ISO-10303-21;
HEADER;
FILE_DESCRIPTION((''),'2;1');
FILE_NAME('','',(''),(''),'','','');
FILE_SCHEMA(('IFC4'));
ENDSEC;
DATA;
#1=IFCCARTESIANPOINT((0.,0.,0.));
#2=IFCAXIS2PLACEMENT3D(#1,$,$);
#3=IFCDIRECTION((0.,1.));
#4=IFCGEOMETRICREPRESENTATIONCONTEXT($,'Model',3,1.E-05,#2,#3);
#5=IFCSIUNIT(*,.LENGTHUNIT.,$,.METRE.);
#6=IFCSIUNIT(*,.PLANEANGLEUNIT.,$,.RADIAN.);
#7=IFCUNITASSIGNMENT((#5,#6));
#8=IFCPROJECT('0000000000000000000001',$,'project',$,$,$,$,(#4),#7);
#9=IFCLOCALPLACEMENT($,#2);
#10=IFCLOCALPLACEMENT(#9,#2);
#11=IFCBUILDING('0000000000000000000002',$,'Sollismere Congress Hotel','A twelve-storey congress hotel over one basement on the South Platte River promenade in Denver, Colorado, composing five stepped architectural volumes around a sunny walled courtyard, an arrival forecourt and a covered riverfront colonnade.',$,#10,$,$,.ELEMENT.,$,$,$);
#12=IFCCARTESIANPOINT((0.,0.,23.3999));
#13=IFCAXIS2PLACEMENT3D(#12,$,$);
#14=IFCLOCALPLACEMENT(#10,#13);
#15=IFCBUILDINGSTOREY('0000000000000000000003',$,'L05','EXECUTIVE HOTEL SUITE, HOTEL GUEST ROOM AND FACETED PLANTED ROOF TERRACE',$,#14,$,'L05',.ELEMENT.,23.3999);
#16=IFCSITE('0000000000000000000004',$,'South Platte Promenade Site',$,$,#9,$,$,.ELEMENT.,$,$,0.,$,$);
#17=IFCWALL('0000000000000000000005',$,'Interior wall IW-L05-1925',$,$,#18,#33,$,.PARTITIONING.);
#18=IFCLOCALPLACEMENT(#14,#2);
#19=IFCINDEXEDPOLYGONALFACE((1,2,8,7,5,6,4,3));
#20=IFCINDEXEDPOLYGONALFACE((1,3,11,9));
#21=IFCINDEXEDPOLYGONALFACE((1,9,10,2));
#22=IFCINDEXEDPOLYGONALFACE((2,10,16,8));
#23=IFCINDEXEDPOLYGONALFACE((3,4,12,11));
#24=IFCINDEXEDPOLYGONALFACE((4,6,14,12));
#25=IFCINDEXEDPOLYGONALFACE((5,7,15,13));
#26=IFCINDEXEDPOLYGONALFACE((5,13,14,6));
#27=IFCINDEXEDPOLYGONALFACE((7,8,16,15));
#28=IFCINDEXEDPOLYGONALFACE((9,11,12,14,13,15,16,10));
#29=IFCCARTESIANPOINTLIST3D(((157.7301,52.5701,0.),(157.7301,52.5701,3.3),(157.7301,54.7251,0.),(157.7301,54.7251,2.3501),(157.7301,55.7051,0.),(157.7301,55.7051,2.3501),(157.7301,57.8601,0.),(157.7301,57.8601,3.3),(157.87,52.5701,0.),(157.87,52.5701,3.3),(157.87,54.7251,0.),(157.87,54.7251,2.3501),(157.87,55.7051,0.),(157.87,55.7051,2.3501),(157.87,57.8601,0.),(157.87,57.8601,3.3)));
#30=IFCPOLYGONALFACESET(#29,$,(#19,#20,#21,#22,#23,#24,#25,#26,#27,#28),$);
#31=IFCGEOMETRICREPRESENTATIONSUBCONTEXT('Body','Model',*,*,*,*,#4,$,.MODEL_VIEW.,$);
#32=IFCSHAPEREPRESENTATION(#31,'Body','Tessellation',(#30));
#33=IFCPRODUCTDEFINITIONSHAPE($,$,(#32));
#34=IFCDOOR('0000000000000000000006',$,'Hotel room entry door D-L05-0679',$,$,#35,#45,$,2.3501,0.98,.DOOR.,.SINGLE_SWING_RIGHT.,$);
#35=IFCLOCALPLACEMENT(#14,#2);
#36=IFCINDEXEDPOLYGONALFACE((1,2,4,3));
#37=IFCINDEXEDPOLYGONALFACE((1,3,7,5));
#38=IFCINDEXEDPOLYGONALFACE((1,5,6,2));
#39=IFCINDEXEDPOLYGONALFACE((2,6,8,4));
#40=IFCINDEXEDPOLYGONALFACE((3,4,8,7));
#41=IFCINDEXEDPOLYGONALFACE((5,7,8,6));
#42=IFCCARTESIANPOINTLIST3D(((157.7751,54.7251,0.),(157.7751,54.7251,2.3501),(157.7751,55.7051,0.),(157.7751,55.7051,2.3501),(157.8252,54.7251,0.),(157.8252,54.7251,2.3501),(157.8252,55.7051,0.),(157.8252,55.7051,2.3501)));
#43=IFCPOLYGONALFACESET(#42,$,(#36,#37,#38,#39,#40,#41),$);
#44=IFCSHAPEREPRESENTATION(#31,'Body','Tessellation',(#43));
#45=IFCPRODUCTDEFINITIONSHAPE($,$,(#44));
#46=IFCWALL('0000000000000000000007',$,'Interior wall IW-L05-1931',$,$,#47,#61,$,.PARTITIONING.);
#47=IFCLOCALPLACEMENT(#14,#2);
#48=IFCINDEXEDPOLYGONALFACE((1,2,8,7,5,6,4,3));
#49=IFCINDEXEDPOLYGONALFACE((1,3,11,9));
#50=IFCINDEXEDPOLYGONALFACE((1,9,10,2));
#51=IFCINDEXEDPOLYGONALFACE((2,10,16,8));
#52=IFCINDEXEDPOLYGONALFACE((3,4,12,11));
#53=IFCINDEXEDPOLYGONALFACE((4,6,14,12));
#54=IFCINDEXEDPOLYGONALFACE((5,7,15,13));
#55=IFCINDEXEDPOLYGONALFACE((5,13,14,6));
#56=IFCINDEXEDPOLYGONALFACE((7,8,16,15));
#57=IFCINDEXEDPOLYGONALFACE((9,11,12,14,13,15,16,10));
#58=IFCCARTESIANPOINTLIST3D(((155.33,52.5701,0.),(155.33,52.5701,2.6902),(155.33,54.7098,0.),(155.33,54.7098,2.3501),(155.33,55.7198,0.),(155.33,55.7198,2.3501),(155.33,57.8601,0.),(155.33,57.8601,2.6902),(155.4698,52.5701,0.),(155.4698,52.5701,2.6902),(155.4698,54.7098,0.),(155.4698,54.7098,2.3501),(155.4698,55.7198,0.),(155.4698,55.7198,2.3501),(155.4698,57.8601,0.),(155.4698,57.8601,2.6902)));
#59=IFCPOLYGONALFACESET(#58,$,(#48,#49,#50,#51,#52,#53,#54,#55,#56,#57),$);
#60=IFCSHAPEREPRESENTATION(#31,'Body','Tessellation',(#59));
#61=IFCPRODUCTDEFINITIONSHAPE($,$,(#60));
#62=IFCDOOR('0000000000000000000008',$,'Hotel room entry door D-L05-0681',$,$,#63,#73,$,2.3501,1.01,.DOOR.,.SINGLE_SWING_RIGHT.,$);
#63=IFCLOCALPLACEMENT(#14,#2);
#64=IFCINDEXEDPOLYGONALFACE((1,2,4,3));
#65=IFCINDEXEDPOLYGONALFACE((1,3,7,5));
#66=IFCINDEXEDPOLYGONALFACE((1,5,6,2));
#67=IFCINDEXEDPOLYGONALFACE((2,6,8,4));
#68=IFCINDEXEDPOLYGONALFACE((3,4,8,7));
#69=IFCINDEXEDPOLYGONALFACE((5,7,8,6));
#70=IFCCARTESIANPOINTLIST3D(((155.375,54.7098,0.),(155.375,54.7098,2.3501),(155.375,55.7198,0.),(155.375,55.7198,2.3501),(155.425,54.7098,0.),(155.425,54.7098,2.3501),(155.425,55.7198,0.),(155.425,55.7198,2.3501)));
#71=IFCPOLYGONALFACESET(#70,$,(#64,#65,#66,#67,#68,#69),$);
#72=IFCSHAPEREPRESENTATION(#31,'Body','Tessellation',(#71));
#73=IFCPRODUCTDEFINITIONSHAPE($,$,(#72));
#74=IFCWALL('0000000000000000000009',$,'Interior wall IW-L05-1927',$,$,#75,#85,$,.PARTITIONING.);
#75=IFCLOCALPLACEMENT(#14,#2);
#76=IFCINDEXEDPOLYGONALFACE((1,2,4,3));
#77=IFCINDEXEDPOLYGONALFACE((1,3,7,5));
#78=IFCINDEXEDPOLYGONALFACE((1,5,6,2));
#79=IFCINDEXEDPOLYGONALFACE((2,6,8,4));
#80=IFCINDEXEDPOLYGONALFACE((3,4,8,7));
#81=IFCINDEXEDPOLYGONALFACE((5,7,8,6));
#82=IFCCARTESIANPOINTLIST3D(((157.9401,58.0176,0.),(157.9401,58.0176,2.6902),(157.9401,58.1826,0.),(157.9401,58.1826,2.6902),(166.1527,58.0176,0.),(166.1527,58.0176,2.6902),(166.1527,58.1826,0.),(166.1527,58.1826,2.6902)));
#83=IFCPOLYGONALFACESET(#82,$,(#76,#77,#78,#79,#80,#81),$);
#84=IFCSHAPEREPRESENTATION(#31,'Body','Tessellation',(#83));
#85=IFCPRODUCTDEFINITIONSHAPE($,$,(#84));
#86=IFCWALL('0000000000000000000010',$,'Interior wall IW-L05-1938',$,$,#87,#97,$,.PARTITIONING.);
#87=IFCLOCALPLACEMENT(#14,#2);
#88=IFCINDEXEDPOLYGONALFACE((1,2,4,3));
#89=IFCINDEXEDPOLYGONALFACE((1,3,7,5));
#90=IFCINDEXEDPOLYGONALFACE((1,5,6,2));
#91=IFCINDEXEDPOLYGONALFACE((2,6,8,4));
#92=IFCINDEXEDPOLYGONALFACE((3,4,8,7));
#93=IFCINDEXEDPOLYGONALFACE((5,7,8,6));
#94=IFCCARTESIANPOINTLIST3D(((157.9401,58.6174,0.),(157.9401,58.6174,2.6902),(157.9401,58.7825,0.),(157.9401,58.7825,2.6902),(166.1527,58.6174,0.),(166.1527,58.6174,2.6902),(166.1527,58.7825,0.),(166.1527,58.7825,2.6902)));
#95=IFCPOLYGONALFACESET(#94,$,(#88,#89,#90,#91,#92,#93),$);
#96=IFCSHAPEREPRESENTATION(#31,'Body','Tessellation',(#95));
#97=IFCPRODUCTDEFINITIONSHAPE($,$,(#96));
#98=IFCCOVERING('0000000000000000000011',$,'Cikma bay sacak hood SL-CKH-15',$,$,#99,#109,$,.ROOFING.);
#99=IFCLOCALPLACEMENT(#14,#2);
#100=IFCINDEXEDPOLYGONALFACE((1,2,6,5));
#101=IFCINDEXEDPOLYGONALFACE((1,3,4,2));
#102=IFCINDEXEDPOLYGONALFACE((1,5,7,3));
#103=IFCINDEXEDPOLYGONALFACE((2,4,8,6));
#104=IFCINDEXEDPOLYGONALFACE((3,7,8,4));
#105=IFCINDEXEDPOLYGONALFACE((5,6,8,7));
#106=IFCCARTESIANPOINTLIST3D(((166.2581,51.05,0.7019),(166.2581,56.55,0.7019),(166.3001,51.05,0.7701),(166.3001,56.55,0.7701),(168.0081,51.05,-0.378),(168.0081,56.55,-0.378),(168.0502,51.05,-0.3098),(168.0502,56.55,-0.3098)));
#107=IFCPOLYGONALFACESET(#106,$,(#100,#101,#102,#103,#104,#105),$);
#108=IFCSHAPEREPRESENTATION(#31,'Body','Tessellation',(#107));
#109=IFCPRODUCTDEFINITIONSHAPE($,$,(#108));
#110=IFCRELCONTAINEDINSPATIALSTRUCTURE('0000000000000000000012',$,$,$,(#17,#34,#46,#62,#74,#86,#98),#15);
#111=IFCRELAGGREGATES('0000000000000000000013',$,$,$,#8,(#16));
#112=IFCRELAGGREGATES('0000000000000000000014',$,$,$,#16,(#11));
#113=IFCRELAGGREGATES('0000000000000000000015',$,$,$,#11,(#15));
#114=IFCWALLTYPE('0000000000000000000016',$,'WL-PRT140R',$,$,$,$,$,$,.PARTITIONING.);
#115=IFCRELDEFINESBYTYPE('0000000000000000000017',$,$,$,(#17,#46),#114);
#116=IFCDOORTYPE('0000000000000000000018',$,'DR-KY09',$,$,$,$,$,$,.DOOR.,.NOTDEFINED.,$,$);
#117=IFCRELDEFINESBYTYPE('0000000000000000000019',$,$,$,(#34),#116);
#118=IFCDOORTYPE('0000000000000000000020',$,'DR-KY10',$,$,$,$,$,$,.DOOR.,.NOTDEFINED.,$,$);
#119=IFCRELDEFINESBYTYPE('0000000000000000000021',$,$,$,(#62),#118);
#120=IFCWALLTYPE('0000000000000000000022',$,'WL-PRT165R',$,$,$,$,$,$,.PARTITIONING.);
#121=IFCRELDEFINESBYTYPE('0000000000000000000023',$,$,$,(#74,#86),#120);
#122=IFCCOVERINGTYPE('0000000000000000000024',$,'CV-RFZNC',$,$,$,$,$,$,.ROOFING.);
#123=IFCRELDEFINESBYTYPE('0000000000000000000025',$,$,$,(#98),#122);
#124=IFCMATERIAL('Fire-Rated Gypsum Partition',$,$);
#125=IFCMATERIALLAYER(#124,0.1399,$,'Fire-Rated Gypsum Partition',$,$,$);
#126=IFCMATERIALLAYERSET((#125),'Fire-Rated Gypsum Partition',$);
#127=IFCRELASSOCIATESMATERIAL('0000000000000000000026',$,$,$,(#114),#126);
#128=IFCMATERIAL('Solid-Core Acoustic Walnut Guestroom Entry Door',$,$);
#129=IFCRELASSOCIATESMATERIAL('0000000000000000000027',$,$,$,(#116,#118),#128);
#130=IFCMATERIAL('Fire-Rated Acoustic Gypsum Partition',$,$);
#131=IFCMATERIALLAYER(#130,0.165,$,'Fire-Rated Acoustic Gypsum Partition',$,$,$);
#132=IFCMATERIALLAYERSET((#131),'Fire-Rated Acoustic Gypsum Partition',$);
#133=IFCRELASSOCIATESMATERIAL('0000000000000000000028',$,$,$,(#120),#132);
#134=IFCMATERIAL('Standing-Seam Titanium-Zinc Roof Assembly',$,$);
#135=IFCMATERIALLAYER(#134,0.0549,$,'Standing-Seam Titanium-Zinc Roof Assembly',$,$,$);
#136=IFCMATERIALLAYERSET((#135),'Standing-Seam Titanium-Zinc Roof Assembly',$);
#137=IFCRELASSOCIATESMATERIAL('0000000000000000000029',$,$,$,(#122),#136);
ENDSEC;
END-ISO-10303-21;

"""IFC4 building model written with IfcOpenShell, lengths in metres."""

from ifc_helpers import new_model, si_unit, direction, frame, frame_2d, origin, place, context, subcontext, project, spatial, polyline, rectangle, outline, extrude, material, layer, layer_set, type_object, element, fill, save


model = new_model("IFC4")

# Units and contexts
model_context = context("Model", 3, precision=1e-05, world=origin(), true_north=direction((0.0, 1.0)))
body_context = subcontext(model_context, "Body", "Model", "MODEL_VIEW")
ifc_project = project(units=[si_unit("LENGTHUNIT", "METRE"), si_unit("PLANEANGLEUNIT", "RADIAN")], contexts=[model_context])

# Site, building, storey
site_placement = place(None, origin())
site = spatial("IfcSite", under=ifc_project, at=site_placement, Name="South Platte Promenade Site", CompositionType="ELEMENT", RefElevation=0.0)
building_placement = place(site_placement, origin())
building = spatial("IfcBuilding", under=site, at=building_placement, Name="Sollismere Congress Hotel", Description="A twelve-storey congress hotel over one basement on the South Platte River promenade in Denver, Colorado, composing five stepped architectural volumes around a sunny walled courtyard, an arrival forecourt and a covered riverfront colonnade.", CompositionType="ELEMENT")
storey_placement = place(building_placement, frame((0.0, 0.0, 23.3999)))
storey = spatial("IfcBuildingStorey", under=building, at=storey_placement, Name="L05", Description="EXECUTIVE HOTEL SUITE, HOTEL GUEST ROOM AND FACETED PLANTED ROOF TERRACE", LongName="L05", CompositionType="ELEMENT", Elevation=23.3999)

# Walls, openings, doors
ifc_material_1 = material(Name="Fire-Rated Gypsum Partition")
ifc_layer_1 = layer(ifc_material_1, 0.1399, Name="Fire-Rated Gypsum Partition")
ifc_layer_set_1 = layer_set([ifc_layer_1], Name="Fire-Rated Gypsum Partition")
wall_type_1 = type_object("IfcWallType", Name="WL-PRT140R", PredefinedType="PARTITIONING", material=ifc_layer_set_1)
wall_1_placement = place(storey_placement, frame((157.8, 52.5701, 0.0), z_axis=(0.0, 0.0, 1.0), x_axis=(0.0, 1.0, 0.0)))
wall_1 = element("IfcWall", 1, at=wall_1_placement, inside=storey, type_object=wall_type_1, Name="Interior wall IW-L05-1925", PredefinedType="PARTITIONING", context=body_context, shape_type="SweptSolid", body=[
    extrude(rectangle(XDim=5.29, YDim=0.1399, at=frame_2d((2.645, 0.0))), origin(), (0.0, 0.0, 1.0), 3.3),
])
opening_1_placement = place(wall_1_placement, frame((2.155, 0.0, 0.0)))
opening_1 = element("IfcOpeningElement", 2, at=opening_1_placement, cuts=wall_1, PredefinedType="OPENING", context=body_context, shape_type="SweptSolid", body=[
    extrude(rectangle(XDim=0.98, YDim=2.3501, at=frame_2d((0.49, 1.175))), frame((0.0, 0.0798, 0.0), z_axis=(0.0, -1.0, 0.0), x_axis=(1.0, 0.0, 0.0)), (0.0, 0.0, 1.0), 0.1599),
])
ifc_material_2 = material(Name="Solid-Core Acoustic Walnut Guestroom Entry Door")
door_type_1 = type_object("IfcDoorType", Name="DR-KY09", OperationType="NOTDEFINED", PredefinedType="DOOR", material=ifc_material_2)
door_1_placement = place(opening_1_placement, origin())
door_1 = element("IfcDoor", 3, at=door_1_placement, inside=storey, type_object=door_type_1, Name="Hotel room entry door D-L05-0679", OperationType="SINGLE_SWING_RIGHT", OverallHeight=2.3501, OverallWidth=0.98, PredefinedType="DOOR", context=body_context, shape_type="SweptSolid", body=[
    extrude(rectangle(XDim=0.98, YDim=2.3501, at=frame_2d((0.49, 1.175))), frame((0.0, 0.0249, 0.0), z_axis=(0.0, -1.0, 0.0), x_axis=(1.0, 0.0, 0.0)), (0.0, 0.0, 1.0), 0.05),
])
fill(opening_1, door_1)
wall_2_placement = place(storey_placement, frame((155.3999, 52.5701, 0.0), z_axis=(0.0, 0.0, 1.0), x_axis=(0.0, 1.0, 0.0)))
wall_2 = element("IfcWall", 4, at=wall_2_placement, inside=storey, type_object=wall_type_1, Name="Interior wall IW-L05-1931", PredefinedType="PARTITIONING", context=body_context, shape_type="SweptSolid", body=[
    extrude(rectangle(XDim=5.29, YDim=0.1399, at=frame_2d((2.645, 0.0))), origin(), (0.0, 0.0, 1.0), 2.6902),
])
opening_2_placement = place(wall_2_placement, frame((2.1399, 0.0, 0.0)))
opening_2 = element("IfcOpeningElement", 5, at=opening_2_placement, cuts=wall_2, PredefinedType="OPENING", context=body_context, shape_type="SweptSolid", body=[
    extrude(rectangle(XDim=1.01, YDim=2.3501, at=frame_2d((0.5049, 1.175))), frame((0.0, 0.0798, 0.0), z_axis=(0.0, -1.0, 0.0), x_axis=(1.0, 0.0, 0.0)), (0.0, 0.0, 1.0), 0.1599),
])
door_type_2 = type_object("IfcDoorType", Name="DR-KY10", OperationType="NOTDEFINED", PredefinedType="DOOR", material=ifc_material_2)
door_2_placement = place(opening_2_placement, origin())
door_2 = element("IfcDoor", 6, at=door_2_placement, inside=storey, type_object=door_type_2, Name="Hotel room entry door D-L05-0681", OperationType="SINGLE_SWING_RIGHT", OverallHeight=2.3501, OverallWidth=1.01, PredefinedType="DOOR", context=body_context, shape_type="SweptSolid", body=[
    extrude(rectangle(XDim=1.01, YDim=2.3501, at=frame_2d((0.5049, 1.175))), frame((0.0, 0.0249, 0.0), z_axis=(0.0, -1.0, 0.0), x_axis=(1.0, 0.0, 0.0)), (0.0, 0.0, 1.0), 0.05),
])
fill(opening_2, door_2)

# Walls
ifc_material_3 = material(Name="Fire-Rated Acoustic Gypsum Partition")
ifc_layer_2 = layer(ifc_material_3, 0.165, Name="Fire-Rated Acoustic Gypsum Partition")
ifc_layer_set_2 = layer_set([ifc_layer_2], Name="Fire-Rated Acoustic Gypsum Partition")
wall_type_2 = type_object("IfcWallType", Name="WL-PRT165R", PredefinedType="PARTITIONING", material=ifc_layer_set_2)
for number, where, z_axis, x_axis, name in (
    (7, (157.9399, 58.1001, 0.0), (0.0, 0.0, 1.0), (1.0, 0.0, 0.0), "Interior wall IW-L05-1927"),
    (8, (157.9399, 58.7, 0.0), (0.0, 0.0, 1.0), (1.0, 0.0, 0.0), "Interior wall IW-L05-1938"),
):
    element("IfcWall", number, at=place(storey_placement, frame(where, z_axis=z_axis, x_axis=x_axis)), inside=storey, type_object=wall_type_2, Name=name, PredefinedType="PARTITIONING", context=body_context, shape_type="SweptSolid", body=[
        extrude(rectangle(XDim=8.2126, YDim=0.165, at=frame_2d((4.1064, 0.0))), origin(), (0.0, 0.0, 1.0), 2.6902),
    ])

# Covering
ifc_material_4 = material(Name="Standing-Seam Titanium-Zinc Roof Assembly")
ifc_layer_3 = layer(ifc_material_4, 0.0549, Name="Standing-Seam Titanium-Zinc Roof Assembly")
ifc_layer_set_3 = layer_set([ifc_layer_3], Name="Standing-Seam Titanium-Zinc Roof Assembly")
covering_type = type_object("IfcCoveringType", Name="CV-RFZNC", PredefinedType="ROOFING", material=ifc_layer_set_3)
covering_placement = place(storey_placement, frame((166.2581, 51.05, 0.7019), z_axis=(0.525124, 0.0, 0.851026), x_axis=(0.851026, 0.0, -0.525124)))
element("IfcCovering", 9, at=covering_placement, inside=storey, type_object=covering_type, Name="Cikma bay sacak hood SL-CKH-15", PredefinedType="ROOFING", context=body_context, shape_type="SweptSolid", body=[
    extrude(outline(polyline([(0.0, 0.0), (2.0564, 0.0), (2.0564, 5.5), (0.0, 5.5), (0.0, 0.0)])), origin(), (0.0, 0.0, 1.0), 0.0801),
])

save(model, "model.ifc")
